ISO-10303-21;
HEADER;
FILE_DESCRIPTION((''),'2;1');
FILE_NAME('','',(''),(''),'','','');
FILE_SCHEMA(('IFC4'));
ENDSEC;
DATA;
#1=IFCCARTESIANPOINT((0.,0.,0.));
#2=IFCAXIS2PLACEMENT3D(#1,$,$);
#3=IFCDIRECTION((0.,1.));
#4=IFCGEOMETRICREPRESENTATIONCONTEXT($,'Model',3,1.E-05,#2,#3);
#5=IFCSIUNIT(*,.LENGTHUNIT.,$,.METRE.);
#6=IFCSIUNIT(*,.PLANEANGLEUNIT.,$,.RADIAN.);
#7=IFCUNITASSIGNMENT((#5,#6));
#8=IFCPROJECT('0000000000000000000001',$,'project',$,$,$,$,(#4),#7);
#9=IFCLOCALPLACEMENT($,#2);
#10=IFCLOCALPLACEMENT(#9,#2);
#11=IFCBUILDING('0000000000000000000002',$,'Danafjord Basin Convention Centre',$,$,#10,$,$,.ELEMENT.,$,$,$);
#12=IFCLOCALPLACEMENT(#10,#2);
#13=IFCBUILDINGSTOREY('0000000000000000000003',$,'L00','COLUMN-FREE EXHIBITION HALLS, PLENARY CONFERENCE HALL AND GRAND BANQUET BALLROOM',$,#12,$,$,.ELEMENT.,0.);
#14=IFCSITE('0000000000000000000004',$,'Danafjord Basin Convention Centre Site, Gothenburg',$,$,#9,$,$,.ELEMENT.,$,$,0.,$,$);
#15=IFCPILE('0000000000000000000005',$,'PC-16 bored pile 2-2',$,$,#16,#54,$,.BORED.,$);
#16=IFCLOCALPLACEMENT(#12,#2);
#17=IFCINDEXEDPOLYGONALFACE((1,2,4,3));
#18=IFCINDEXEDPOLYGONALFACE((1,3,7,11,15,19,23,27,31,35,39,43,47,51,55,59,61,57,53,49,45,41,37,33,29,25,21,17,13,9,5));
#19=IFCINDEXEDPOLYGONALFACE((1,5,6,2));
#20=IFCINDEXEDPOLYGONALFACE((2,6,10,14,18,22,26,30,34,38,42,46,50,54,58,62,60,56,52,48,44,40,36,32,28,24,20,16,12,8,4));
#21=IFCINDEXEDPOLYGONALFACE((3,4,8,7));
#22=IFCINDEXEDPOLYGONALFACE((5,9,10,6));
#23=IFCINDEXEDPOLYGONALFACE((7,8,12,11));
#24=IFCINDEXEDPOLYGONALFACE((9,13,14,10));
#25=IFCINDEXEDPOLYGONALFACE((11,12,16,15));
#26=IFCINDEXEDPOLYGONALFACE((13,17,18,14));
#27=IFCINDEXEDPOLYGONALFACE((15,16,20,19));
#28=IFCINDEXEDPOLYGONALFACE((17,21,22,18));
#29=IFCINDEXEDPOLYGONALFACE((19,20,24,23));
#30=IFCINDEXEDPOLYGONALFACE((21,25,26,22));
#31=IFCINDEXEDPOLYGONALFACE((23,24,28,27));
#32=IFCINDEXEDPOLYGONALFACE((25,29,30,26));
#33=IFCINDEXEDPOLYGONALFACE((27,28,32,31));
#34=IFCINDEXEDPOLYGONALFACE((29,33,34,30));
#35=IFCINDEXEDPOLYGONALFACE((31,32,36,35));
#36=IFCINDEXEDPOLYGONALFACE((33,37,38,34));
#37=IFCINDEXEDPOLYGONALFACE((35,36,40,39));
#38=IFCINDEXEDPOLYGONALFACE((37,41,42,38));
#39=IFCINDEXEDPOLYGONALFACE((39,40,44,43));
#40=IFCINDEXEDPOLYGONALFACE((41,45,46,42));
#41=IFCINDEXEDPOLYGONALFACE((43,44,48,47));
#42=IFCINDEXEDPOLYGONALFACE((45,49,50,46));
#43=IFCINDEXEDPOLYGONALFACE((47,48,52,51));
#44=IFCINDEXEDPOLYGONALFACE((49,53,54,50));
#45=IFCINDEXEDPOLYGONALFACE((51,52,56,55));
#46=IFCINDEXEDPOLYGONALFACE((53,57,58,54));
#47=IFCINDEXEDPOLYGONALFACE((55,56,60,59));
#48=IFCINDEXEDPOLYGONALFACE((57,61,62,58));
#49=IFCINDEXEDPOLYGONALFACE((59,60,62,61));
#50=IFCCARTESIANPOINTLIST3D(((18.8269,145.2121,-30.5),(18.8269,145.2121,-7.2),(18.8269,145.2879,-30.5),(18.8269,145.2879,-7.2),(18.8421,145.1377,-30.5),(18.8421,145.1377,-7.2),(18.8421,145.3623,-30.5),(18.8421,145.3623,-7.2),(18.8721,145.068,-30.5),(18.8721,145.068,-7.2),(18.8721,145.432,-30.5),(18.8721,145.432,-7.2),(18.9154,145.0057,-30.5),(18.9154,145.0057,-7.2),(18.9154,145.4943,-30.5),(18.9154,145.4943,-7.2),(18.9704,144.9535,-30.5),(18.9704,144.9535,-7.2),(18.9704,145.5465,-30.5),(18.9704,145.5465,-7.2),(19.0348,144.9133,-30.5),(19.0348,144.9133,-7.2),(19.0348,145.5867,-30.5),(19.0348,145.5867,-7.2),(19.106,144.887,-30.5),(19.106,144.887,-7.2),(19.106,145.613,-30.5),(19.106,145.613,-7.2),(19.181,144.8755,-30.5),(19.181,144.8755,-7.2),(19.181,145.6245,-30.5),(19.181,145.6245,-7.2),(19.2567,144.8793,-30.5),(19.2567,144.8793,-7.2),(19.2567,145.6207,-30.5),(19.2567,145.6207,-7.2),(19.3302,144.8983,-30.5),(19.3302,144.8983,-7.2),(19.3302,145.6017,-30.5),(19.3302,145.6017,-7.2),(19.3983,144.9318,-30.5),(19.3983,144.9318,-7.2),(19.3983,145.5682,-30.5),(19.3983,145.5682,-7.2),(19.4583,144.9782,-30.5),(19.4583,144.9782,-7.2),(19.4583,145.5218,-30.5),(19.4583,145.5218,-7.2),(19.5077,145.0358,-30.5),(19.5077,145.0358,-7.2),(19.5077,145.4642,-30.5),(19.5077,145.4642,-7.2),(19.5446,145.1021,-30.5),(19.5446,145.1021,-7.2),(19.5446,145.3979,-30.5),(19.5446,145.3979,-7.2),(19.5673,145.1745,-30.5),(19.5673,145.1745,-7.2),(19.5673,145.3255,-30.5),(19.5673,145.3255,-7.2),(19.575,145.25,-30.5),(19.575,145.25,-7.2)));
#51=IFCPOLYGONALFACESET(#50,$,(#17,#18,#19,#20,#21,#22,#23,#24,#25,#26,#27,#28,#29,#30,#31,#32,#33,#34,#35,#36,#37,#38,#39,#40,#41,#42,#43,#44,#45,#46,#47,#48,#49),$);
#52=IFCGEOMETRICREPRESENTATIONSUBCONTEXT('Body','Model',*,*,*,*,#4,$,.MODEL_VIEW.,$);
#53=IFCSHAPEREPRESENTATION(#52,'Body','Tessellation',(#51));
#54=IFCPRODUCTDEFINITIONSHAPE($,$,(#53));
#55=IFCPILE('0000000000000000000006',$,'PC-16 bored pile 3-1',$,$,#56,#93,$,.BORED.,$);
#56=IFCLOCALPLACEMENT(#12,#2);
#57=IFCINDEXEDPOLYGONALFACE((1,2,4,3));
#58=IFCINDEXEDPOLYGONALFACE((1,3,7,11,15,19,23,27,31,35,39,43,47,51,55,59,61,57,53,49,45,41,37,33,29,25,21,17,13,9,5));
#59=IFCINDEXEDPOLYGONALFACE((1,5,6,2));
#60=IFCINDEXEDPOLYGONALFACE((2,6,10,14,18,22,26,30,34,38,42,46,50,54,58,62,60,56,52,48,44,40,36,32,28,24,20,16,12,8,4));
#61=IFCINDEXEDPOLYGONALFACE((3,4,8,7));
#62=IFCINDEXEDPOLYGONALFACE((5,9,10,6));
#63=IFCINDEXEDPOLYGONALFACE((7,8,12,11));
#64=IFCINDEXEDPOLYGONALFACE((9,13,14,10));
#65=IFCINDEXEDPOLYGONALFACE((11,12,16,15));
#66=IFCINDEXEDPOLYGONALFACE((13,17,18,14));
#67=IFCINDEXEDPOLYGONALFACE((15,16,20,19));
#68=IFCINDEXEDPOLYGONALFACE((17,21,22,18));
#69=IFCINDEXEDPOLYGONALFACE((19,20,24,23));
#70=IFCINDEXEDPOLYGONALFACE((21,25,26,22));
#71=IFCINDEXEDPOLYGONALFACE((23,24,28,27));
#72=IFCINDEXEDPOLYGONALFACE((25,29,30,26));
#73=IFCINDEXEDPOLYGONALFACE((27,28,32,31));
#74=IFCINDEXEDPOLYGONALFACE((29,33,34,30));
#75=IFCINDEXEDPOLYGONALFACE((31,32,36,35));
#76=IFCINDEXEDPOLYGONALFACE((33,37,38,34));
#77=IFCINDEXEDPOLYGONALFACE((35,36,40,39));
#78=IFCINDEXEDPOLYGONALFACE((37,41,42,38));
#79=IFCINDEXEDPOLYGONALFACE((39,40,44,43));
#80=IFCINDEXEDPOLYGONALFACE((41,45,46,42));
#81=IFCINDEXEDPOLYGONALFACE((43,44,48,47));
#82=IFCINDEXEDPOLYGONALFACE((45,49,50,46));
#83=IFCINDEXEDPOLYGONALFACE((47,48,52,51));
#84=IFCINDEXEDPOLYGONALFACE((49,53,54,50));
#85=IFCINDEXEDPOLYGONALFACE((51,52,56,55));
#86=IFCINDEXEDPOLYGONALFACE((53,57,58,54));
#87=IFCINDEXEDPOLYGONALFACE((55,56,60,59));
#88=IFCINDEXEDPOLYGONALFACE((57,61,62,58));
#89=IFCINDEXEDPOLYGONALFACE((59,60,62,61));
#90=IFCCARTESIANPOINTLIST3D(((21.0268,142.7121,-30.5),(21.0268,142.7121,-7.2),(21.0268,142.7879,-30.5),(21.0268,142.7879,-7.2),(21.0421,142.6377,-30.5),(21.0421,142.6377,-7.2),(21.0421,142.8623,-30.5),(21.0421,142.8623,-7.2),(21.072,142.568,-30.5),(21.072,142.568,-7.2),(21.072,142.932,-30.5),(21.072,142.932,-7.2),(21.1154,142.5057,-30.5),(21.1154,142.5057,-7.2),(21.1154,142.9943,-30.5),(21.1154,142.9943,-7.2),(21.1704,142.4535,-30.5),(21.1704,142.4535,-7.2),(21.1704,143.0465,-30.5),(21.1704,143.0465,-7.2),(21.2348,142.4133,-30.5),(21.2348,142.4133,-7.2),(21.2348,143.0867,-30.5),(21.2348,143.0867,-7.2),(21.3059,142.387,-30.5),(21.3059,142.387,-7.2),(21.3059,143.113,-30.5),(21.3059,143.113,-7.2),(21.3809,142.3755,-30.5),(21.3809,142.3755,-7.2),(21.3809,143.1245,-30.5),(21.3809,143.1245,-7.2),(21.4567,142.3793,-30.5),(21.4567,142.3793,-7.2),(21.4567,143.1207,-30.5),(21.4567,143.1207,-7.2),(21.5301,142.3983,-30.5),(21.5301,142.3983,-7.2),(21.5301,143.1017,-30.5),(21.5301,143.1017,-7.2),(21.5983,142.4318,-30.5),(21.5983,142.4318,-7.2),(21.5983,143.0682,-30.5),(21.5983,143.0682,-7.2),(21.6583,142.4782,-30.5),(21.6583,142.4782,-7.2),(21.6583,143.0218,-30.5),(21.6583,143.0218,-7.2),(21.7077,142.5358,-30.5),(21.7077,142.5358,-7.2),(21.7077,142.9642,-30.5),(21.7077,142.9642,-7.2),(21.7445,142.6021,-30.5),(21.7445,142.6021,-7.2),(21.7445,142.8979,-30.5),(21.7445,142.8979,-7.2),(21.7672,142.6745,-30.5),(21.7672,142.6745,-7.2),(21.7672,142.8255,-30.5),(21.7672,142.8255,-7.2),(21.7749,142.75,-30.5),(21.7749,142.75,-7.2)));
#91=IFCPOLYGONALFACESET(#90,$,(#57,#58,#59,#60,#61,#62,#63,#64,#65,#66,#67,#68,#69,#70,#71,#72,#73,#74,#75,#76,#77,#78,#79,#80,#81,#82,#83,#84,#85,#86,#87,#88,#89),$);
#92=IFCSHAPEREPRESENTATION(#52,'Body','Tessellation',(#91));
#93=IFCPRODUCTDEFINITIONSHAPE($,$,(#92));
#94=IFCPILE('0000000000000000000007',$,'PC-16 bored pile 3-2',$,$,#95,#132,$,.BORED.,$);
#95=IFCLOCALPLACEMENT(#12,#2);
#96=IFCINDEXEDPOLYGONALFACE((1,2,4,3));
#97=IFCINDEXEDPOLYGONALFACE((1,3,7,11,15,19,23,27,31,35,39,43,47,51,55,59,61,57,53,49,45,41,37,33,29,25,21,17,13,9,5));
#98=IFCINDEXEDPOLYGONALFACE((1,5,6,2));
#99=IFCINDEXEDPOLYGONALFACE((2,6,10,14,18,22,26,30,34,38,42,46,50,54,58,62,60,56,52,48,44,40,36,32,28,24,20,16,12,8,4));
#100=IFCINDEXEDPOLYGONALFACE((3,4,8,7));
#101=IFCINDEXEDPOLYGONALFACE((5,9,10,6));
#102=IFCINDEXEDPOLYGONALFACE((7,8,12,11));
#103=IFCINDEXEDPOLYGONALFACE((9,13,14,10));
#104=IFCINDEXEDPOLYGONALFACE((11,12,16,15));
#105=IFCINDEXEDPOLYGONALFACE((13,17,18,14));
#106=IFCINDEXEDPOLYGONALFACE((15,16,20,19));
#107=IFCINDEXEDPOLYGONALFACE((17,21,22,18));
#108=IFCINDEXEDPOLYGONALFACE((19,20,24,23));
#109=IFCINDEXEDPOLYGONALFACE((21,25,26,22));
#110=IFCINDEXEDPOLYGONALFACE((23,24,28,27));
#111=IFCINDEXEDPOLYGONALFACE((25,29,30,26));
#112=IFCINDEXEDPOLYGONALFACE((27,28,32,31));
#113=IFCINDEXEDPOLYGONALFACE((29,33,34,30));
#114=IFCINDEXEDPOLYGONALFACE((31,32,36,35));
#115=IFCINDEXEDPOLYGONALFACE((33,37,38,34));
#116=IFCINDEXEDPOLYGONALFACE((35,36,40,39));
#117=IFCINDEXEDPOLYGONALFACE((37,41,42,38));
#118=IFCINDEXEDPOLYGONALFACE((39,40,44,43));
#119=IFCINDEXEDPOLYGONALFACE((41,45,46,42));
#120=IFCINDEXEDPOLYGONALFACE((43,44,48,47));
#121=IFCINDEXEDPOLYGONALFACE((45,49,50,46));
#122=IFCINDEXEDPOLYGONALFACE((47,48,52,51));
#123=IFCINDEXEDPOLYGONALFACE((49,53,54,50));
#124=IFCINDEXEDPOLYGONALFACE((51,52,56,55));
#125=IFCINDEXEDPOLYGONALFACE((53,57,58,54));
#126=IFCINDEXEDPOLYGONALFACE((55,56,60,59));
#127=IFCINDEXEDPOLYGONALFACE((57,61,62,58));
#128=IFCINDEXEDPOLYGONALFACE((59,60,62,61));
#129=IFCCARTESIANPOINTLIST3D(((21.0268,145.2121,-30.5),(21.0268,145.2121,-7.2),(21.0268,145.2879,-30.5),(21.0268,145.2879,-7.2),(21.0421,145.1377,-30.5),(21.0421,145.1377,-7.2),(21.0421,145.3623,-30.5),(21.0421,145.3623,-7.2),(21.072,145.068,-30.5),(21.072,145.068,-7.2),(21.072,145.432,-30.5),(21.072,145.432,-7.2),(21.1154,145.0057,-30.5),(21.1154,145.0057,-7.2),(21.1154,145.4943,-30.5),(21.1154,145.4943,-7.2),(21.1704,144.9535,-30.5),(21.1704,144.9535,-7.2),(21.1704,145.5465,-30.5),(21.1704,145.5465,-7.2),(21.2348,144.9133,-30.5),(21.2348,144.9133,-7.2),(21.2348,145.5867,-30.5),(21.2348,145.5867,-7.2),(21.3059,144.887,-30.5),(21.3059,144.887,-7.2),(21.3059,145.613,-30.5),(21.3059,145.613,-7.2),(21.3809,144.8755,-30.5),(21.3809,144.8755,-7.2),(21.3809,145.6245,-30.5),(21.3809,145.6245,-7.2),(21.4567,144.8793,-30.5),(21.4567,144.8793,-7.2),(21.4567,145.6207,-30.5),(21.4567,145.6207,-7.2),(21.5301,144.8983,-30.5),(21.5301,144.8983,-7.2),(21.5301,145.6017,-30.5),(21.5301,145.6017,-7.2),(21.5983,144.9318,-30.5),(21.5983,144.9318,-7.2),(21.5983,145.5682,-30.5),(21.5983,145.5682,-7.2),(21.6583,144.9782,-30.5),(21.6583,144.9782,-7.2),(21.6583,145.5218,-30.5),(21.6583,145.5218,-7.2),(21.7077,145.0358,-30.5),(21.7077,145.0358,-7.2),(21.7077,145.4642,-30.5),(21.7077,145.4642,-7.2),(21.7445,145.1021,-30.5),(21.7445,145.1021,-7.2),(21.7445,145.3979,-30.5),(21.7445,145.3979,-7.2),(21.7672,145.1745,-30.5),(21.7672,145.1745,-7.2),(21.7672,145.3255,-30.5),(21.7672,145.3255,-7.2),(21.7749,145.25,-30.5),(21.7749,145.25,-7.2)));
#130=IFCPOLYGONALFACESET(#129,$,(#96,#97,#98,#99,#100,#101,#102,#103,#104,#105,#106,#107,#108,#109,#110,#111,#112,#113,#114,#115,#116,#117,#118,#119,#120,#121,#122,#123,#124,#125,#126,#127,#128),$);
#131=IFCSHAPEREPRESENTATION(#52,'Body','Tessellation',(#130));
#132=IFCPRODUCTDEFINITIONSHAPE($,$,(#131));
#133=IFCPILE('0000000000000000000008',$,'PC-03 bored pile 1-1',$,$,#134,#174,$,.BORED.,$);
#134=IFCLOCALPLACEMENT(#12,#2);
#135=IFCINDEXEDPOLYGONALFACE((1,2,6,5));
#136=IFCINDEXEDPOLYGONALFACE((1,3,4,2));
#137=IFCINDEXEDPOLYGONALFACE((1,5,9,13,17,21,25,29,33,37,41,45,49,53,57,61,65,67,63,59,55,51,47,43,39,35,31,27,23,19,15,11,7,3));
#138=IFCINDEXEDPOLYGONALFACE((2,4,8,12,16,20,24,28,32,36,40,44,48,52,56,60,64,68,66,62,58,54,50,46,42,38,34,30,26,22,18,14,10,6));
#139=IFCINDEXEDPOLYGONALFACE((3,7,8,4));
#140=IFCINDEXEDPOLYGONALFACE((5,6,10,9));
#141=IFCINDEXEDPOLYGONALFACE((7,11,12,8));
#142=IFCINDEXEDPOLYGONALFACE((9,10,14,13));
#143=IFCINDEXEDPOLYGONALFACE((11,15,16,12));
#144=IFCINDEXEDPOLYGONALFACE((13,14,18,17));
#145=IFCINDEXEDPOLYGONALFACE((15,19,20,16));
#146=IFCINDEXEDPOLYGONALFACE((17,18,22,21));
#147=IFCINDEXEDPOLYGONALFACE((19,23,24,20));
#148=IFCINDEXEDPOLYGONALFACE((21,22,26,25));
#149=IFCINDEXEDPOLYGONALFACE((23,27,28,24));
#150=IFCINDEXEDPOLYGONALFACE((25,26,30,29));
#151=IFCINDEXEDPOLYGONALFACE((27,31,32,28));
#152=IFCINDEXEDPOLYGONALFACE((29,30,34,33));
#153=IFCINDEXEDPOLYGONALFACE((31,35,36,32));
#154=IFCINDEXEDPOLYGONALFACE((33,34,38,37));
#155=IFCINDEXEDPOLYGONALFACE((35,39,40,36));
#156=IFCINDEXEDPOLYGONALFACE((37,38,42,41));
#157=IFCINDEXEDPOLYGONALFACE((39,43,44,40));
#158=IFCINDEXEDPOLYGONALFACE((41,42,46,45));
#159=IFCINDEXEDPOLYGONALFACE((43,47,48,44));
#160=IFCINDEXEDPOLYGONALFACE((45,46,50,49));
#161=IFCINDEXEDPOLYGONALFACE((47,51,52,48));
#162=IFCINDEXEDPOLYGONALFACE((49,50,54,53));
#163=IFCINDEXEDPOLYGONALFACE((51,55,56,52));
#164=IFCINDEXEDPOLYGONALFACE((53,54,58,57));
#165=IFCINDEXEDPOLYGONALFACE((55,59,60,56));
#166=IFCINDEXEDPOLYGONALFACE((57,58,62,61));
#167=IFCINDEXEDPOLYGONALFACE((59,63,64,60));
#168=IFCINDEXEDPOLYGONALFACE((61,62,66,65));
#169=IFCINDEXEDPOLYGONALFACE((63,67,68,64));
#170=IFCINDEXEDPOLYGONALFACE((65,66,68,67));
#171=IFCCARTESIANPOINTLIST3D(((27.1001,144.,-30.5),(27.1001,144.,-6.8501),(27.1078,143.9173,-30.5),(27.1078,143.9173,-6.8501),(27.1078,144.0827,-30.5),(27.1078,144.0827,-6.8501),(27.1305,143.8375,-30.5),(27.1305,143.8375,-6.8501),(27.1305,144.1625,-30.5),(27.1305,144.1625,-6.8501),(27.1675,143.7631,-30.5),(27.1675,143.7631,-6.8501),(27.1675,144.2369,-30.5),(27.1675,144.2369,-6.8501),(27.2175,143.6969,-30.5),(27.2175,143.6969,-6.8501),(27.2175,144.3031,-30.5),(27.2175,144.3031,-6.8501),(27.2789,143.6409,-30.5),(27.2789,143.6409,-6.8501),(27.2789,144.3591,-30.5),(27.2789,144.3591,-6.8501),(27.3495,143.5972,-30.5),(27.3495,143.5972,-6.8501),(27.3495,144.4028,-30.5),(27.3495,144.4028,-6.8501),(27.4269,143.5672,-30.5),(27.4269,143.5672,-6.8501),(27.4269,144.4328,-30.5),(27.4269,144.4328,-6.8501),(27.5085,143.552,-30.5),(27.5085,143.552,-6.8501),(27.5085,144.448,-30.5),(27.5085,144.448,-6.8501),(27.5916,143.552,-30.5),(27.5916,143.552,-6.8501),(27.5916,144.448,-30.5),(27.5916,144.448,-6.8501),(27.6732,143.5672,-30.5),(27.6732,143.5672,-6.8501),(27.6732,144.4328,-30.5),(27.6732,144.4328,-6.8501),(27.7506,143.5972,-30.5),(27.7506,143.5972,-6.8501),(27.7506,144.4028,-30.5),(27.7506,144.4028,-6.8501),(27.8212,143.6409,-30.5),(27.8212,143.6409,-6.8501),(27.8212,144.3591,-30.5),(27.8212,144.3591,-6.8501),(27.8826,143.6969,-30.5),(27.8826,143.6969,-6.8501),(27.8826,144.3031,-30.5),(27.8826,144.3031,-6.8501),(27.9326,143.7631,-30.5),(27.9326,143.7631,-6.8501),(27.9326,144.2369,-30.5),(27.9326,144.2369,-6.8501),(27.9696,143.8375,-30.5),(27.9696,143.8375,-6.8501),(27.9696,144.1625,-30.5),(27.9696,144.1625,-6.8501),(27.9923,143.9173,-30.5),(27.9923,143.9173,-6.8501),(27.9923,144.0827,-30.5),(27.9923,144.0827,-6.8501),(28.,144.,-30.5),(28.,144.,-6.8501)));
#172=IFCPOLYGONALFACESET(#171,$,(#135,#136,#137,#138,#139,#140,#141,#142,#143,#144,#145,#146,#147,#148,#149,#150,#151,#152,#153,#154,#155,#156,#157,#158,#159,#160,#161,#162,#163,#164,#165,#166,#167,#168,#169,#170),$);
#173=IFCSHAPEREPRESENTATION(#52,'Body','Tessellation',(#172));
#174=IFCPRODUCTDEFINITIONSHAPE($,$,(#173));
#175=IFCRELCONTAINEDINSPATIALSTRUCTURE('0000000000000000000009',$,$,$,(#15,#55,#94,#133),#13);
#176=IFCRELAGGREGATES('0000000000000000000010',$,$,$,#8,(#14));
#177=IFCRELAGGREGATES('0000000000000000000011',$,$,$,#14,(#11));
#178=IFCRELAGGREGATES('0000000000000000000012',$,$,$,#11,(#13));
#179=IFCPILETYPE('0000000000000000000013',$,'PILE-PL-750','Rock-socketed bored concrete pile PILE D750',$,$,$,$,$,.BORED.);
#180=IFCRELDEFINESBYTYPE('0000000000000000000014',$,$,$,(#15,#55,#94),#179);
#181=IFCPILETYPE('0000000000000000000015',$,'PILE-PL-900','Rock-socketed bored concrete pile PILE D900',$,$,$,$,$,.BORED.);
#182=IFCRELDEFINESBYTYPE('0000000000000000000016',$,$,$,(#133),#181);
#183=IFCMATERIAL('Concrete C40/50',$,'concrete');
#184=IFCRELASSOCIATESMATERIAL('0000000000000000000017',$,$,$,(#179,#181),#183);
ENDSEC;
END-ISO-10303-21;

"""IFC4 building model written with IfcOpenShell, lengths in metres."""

from ifc_helpers import new_model, si_unit, direction, frame, origin, origin_2d, place, context, subcontext, project, spatial, circle, extrude, material, material_profile, profile_set, type_object, element, save


model = new_model("IFC4")

# Units and contexts
model_context = context("Model", 3, precision=1e-05, world=origin(), true_north=direction((0.0, 1.0)))
body_context = subcontext(model_context, "Body", "Model", "MODEL_VIEW")
ifc_project = project(units=[si_unit("LENGTHUNIT", "METRE"), si_unit("PLANEANGLEUNIT", "RADIAN")], contexts=[model_context])

# Site, building, storey
site_placement = place(None, origin())
site = spatial("IfcSite", under=ifc_project, at=site_placement, Name="Danafjord Basin Convention Centre Site, Gothenburg", CompositionType="ELEMENT", RefElevation=0.0)
building_placement = place(site_placement, origin())
building = spatial("IfcBuilding", under=site, at=building_placement, Name="Danafjord Basin Convention Centre", CompositionType="ELEMENT")
storey_placement = place(building_placement, origin())
storey = spatial("IfcBuildingStorey", under=building, at=storey_placement, Name="L00", Description="COLUMN-FREE EXHIBITION HALLS, PLENARY CONFERENCE HALL AND GRAND BANQUET BALLROOM", CompositionType="ELEMENT", Elevation=0.0)

# Shared definitions
ifc_material_1 = material(Name="Concrete C40/50", Category="concrete")

# Piles
ifc_material_profile_1 = material_profile(ifc_material_1, circle(Radius=0.375, at=origin_2d()), Name="PILE D750")
ifc_profile_set_1 = profile_set([ifc_material_profile_1], Name="Concrete C40/50")
pile_type_1 = type_object("IfcPileType", Name="PILE-PL-750", Description="Rock-socketed bored concrete pile PILE D750", PredefinedType="BORED", material=ifc_profile_set_1)
for number, where, z_axis, x_axis, name in (
    (1, (19.2, 145.25, -7.2), (0.0, 0.0, -1.0), (1.0, 0.0, 0.0), "PC-16 bored pile 2-2"),
    (2, (21.3999, 142.75, -7.2), (0.0, 0.0, -1.0), (1.0, 0.0, 0.0), "PC-16 bored pile 3-1"),
    (3, (21.3999, 145.25, -7.2), (0.0, 0.0, -1.0), (1.0, 0.0, 0.0), "PC-16 bored pile 3-2"),
):
    element("IfcPile", number, at=place(storey_placement, frame(where, z_axis=z_axis, x_axis=x_axis)), inside=storey, type_object=pile_type_1, Name=name, PredefinedType="BORED", context=body_context, shape_type="SweptSolid", body=[
        extrude(circle(Radius=0.375, at=origin_2d()), origin(), (0.0, 0.0, 1.0), 23.3),
    ])
ifc_material_profile_2 = material_profile(ifc_material_1, circle(Radius=0.45, at=origin_2d()), Name="PILE D900")
ifc_profile_set_2 = profile_set([ifc_material_profile_2], Name="Concrete C40/50")
pile_type_2 = type_object("IfcPileType", Name="PILE-PL-900", Description="Rock-socketed bored concrete pile PILE D900", PredefinedType="BORED", material=ifc_profile_set_2)
for number, where, z_axis, x_axis, name in (
    (4, (27.55, 144.0, -6.8501), (0.0, 0.0, -1.0), (1.0, 0.0, 0.0), "PC-03 bored pile 1-1"),
):
    element("IfcPile", number, at=place(storey_placement, frame(where, z_axis=z_axis, x_axis=x_axis)), inside=storey, type_object=pile_type_2, Name=name, PredefinedType="BORED", context=body_context, shape_type="SweptSolid", body=[
        extrude(circle(Radius=0.45, at=origin_2d()), origin(), (0.0, 0.0, 1.0), 23.6499),
    ])

save(model, "model.ifc")
